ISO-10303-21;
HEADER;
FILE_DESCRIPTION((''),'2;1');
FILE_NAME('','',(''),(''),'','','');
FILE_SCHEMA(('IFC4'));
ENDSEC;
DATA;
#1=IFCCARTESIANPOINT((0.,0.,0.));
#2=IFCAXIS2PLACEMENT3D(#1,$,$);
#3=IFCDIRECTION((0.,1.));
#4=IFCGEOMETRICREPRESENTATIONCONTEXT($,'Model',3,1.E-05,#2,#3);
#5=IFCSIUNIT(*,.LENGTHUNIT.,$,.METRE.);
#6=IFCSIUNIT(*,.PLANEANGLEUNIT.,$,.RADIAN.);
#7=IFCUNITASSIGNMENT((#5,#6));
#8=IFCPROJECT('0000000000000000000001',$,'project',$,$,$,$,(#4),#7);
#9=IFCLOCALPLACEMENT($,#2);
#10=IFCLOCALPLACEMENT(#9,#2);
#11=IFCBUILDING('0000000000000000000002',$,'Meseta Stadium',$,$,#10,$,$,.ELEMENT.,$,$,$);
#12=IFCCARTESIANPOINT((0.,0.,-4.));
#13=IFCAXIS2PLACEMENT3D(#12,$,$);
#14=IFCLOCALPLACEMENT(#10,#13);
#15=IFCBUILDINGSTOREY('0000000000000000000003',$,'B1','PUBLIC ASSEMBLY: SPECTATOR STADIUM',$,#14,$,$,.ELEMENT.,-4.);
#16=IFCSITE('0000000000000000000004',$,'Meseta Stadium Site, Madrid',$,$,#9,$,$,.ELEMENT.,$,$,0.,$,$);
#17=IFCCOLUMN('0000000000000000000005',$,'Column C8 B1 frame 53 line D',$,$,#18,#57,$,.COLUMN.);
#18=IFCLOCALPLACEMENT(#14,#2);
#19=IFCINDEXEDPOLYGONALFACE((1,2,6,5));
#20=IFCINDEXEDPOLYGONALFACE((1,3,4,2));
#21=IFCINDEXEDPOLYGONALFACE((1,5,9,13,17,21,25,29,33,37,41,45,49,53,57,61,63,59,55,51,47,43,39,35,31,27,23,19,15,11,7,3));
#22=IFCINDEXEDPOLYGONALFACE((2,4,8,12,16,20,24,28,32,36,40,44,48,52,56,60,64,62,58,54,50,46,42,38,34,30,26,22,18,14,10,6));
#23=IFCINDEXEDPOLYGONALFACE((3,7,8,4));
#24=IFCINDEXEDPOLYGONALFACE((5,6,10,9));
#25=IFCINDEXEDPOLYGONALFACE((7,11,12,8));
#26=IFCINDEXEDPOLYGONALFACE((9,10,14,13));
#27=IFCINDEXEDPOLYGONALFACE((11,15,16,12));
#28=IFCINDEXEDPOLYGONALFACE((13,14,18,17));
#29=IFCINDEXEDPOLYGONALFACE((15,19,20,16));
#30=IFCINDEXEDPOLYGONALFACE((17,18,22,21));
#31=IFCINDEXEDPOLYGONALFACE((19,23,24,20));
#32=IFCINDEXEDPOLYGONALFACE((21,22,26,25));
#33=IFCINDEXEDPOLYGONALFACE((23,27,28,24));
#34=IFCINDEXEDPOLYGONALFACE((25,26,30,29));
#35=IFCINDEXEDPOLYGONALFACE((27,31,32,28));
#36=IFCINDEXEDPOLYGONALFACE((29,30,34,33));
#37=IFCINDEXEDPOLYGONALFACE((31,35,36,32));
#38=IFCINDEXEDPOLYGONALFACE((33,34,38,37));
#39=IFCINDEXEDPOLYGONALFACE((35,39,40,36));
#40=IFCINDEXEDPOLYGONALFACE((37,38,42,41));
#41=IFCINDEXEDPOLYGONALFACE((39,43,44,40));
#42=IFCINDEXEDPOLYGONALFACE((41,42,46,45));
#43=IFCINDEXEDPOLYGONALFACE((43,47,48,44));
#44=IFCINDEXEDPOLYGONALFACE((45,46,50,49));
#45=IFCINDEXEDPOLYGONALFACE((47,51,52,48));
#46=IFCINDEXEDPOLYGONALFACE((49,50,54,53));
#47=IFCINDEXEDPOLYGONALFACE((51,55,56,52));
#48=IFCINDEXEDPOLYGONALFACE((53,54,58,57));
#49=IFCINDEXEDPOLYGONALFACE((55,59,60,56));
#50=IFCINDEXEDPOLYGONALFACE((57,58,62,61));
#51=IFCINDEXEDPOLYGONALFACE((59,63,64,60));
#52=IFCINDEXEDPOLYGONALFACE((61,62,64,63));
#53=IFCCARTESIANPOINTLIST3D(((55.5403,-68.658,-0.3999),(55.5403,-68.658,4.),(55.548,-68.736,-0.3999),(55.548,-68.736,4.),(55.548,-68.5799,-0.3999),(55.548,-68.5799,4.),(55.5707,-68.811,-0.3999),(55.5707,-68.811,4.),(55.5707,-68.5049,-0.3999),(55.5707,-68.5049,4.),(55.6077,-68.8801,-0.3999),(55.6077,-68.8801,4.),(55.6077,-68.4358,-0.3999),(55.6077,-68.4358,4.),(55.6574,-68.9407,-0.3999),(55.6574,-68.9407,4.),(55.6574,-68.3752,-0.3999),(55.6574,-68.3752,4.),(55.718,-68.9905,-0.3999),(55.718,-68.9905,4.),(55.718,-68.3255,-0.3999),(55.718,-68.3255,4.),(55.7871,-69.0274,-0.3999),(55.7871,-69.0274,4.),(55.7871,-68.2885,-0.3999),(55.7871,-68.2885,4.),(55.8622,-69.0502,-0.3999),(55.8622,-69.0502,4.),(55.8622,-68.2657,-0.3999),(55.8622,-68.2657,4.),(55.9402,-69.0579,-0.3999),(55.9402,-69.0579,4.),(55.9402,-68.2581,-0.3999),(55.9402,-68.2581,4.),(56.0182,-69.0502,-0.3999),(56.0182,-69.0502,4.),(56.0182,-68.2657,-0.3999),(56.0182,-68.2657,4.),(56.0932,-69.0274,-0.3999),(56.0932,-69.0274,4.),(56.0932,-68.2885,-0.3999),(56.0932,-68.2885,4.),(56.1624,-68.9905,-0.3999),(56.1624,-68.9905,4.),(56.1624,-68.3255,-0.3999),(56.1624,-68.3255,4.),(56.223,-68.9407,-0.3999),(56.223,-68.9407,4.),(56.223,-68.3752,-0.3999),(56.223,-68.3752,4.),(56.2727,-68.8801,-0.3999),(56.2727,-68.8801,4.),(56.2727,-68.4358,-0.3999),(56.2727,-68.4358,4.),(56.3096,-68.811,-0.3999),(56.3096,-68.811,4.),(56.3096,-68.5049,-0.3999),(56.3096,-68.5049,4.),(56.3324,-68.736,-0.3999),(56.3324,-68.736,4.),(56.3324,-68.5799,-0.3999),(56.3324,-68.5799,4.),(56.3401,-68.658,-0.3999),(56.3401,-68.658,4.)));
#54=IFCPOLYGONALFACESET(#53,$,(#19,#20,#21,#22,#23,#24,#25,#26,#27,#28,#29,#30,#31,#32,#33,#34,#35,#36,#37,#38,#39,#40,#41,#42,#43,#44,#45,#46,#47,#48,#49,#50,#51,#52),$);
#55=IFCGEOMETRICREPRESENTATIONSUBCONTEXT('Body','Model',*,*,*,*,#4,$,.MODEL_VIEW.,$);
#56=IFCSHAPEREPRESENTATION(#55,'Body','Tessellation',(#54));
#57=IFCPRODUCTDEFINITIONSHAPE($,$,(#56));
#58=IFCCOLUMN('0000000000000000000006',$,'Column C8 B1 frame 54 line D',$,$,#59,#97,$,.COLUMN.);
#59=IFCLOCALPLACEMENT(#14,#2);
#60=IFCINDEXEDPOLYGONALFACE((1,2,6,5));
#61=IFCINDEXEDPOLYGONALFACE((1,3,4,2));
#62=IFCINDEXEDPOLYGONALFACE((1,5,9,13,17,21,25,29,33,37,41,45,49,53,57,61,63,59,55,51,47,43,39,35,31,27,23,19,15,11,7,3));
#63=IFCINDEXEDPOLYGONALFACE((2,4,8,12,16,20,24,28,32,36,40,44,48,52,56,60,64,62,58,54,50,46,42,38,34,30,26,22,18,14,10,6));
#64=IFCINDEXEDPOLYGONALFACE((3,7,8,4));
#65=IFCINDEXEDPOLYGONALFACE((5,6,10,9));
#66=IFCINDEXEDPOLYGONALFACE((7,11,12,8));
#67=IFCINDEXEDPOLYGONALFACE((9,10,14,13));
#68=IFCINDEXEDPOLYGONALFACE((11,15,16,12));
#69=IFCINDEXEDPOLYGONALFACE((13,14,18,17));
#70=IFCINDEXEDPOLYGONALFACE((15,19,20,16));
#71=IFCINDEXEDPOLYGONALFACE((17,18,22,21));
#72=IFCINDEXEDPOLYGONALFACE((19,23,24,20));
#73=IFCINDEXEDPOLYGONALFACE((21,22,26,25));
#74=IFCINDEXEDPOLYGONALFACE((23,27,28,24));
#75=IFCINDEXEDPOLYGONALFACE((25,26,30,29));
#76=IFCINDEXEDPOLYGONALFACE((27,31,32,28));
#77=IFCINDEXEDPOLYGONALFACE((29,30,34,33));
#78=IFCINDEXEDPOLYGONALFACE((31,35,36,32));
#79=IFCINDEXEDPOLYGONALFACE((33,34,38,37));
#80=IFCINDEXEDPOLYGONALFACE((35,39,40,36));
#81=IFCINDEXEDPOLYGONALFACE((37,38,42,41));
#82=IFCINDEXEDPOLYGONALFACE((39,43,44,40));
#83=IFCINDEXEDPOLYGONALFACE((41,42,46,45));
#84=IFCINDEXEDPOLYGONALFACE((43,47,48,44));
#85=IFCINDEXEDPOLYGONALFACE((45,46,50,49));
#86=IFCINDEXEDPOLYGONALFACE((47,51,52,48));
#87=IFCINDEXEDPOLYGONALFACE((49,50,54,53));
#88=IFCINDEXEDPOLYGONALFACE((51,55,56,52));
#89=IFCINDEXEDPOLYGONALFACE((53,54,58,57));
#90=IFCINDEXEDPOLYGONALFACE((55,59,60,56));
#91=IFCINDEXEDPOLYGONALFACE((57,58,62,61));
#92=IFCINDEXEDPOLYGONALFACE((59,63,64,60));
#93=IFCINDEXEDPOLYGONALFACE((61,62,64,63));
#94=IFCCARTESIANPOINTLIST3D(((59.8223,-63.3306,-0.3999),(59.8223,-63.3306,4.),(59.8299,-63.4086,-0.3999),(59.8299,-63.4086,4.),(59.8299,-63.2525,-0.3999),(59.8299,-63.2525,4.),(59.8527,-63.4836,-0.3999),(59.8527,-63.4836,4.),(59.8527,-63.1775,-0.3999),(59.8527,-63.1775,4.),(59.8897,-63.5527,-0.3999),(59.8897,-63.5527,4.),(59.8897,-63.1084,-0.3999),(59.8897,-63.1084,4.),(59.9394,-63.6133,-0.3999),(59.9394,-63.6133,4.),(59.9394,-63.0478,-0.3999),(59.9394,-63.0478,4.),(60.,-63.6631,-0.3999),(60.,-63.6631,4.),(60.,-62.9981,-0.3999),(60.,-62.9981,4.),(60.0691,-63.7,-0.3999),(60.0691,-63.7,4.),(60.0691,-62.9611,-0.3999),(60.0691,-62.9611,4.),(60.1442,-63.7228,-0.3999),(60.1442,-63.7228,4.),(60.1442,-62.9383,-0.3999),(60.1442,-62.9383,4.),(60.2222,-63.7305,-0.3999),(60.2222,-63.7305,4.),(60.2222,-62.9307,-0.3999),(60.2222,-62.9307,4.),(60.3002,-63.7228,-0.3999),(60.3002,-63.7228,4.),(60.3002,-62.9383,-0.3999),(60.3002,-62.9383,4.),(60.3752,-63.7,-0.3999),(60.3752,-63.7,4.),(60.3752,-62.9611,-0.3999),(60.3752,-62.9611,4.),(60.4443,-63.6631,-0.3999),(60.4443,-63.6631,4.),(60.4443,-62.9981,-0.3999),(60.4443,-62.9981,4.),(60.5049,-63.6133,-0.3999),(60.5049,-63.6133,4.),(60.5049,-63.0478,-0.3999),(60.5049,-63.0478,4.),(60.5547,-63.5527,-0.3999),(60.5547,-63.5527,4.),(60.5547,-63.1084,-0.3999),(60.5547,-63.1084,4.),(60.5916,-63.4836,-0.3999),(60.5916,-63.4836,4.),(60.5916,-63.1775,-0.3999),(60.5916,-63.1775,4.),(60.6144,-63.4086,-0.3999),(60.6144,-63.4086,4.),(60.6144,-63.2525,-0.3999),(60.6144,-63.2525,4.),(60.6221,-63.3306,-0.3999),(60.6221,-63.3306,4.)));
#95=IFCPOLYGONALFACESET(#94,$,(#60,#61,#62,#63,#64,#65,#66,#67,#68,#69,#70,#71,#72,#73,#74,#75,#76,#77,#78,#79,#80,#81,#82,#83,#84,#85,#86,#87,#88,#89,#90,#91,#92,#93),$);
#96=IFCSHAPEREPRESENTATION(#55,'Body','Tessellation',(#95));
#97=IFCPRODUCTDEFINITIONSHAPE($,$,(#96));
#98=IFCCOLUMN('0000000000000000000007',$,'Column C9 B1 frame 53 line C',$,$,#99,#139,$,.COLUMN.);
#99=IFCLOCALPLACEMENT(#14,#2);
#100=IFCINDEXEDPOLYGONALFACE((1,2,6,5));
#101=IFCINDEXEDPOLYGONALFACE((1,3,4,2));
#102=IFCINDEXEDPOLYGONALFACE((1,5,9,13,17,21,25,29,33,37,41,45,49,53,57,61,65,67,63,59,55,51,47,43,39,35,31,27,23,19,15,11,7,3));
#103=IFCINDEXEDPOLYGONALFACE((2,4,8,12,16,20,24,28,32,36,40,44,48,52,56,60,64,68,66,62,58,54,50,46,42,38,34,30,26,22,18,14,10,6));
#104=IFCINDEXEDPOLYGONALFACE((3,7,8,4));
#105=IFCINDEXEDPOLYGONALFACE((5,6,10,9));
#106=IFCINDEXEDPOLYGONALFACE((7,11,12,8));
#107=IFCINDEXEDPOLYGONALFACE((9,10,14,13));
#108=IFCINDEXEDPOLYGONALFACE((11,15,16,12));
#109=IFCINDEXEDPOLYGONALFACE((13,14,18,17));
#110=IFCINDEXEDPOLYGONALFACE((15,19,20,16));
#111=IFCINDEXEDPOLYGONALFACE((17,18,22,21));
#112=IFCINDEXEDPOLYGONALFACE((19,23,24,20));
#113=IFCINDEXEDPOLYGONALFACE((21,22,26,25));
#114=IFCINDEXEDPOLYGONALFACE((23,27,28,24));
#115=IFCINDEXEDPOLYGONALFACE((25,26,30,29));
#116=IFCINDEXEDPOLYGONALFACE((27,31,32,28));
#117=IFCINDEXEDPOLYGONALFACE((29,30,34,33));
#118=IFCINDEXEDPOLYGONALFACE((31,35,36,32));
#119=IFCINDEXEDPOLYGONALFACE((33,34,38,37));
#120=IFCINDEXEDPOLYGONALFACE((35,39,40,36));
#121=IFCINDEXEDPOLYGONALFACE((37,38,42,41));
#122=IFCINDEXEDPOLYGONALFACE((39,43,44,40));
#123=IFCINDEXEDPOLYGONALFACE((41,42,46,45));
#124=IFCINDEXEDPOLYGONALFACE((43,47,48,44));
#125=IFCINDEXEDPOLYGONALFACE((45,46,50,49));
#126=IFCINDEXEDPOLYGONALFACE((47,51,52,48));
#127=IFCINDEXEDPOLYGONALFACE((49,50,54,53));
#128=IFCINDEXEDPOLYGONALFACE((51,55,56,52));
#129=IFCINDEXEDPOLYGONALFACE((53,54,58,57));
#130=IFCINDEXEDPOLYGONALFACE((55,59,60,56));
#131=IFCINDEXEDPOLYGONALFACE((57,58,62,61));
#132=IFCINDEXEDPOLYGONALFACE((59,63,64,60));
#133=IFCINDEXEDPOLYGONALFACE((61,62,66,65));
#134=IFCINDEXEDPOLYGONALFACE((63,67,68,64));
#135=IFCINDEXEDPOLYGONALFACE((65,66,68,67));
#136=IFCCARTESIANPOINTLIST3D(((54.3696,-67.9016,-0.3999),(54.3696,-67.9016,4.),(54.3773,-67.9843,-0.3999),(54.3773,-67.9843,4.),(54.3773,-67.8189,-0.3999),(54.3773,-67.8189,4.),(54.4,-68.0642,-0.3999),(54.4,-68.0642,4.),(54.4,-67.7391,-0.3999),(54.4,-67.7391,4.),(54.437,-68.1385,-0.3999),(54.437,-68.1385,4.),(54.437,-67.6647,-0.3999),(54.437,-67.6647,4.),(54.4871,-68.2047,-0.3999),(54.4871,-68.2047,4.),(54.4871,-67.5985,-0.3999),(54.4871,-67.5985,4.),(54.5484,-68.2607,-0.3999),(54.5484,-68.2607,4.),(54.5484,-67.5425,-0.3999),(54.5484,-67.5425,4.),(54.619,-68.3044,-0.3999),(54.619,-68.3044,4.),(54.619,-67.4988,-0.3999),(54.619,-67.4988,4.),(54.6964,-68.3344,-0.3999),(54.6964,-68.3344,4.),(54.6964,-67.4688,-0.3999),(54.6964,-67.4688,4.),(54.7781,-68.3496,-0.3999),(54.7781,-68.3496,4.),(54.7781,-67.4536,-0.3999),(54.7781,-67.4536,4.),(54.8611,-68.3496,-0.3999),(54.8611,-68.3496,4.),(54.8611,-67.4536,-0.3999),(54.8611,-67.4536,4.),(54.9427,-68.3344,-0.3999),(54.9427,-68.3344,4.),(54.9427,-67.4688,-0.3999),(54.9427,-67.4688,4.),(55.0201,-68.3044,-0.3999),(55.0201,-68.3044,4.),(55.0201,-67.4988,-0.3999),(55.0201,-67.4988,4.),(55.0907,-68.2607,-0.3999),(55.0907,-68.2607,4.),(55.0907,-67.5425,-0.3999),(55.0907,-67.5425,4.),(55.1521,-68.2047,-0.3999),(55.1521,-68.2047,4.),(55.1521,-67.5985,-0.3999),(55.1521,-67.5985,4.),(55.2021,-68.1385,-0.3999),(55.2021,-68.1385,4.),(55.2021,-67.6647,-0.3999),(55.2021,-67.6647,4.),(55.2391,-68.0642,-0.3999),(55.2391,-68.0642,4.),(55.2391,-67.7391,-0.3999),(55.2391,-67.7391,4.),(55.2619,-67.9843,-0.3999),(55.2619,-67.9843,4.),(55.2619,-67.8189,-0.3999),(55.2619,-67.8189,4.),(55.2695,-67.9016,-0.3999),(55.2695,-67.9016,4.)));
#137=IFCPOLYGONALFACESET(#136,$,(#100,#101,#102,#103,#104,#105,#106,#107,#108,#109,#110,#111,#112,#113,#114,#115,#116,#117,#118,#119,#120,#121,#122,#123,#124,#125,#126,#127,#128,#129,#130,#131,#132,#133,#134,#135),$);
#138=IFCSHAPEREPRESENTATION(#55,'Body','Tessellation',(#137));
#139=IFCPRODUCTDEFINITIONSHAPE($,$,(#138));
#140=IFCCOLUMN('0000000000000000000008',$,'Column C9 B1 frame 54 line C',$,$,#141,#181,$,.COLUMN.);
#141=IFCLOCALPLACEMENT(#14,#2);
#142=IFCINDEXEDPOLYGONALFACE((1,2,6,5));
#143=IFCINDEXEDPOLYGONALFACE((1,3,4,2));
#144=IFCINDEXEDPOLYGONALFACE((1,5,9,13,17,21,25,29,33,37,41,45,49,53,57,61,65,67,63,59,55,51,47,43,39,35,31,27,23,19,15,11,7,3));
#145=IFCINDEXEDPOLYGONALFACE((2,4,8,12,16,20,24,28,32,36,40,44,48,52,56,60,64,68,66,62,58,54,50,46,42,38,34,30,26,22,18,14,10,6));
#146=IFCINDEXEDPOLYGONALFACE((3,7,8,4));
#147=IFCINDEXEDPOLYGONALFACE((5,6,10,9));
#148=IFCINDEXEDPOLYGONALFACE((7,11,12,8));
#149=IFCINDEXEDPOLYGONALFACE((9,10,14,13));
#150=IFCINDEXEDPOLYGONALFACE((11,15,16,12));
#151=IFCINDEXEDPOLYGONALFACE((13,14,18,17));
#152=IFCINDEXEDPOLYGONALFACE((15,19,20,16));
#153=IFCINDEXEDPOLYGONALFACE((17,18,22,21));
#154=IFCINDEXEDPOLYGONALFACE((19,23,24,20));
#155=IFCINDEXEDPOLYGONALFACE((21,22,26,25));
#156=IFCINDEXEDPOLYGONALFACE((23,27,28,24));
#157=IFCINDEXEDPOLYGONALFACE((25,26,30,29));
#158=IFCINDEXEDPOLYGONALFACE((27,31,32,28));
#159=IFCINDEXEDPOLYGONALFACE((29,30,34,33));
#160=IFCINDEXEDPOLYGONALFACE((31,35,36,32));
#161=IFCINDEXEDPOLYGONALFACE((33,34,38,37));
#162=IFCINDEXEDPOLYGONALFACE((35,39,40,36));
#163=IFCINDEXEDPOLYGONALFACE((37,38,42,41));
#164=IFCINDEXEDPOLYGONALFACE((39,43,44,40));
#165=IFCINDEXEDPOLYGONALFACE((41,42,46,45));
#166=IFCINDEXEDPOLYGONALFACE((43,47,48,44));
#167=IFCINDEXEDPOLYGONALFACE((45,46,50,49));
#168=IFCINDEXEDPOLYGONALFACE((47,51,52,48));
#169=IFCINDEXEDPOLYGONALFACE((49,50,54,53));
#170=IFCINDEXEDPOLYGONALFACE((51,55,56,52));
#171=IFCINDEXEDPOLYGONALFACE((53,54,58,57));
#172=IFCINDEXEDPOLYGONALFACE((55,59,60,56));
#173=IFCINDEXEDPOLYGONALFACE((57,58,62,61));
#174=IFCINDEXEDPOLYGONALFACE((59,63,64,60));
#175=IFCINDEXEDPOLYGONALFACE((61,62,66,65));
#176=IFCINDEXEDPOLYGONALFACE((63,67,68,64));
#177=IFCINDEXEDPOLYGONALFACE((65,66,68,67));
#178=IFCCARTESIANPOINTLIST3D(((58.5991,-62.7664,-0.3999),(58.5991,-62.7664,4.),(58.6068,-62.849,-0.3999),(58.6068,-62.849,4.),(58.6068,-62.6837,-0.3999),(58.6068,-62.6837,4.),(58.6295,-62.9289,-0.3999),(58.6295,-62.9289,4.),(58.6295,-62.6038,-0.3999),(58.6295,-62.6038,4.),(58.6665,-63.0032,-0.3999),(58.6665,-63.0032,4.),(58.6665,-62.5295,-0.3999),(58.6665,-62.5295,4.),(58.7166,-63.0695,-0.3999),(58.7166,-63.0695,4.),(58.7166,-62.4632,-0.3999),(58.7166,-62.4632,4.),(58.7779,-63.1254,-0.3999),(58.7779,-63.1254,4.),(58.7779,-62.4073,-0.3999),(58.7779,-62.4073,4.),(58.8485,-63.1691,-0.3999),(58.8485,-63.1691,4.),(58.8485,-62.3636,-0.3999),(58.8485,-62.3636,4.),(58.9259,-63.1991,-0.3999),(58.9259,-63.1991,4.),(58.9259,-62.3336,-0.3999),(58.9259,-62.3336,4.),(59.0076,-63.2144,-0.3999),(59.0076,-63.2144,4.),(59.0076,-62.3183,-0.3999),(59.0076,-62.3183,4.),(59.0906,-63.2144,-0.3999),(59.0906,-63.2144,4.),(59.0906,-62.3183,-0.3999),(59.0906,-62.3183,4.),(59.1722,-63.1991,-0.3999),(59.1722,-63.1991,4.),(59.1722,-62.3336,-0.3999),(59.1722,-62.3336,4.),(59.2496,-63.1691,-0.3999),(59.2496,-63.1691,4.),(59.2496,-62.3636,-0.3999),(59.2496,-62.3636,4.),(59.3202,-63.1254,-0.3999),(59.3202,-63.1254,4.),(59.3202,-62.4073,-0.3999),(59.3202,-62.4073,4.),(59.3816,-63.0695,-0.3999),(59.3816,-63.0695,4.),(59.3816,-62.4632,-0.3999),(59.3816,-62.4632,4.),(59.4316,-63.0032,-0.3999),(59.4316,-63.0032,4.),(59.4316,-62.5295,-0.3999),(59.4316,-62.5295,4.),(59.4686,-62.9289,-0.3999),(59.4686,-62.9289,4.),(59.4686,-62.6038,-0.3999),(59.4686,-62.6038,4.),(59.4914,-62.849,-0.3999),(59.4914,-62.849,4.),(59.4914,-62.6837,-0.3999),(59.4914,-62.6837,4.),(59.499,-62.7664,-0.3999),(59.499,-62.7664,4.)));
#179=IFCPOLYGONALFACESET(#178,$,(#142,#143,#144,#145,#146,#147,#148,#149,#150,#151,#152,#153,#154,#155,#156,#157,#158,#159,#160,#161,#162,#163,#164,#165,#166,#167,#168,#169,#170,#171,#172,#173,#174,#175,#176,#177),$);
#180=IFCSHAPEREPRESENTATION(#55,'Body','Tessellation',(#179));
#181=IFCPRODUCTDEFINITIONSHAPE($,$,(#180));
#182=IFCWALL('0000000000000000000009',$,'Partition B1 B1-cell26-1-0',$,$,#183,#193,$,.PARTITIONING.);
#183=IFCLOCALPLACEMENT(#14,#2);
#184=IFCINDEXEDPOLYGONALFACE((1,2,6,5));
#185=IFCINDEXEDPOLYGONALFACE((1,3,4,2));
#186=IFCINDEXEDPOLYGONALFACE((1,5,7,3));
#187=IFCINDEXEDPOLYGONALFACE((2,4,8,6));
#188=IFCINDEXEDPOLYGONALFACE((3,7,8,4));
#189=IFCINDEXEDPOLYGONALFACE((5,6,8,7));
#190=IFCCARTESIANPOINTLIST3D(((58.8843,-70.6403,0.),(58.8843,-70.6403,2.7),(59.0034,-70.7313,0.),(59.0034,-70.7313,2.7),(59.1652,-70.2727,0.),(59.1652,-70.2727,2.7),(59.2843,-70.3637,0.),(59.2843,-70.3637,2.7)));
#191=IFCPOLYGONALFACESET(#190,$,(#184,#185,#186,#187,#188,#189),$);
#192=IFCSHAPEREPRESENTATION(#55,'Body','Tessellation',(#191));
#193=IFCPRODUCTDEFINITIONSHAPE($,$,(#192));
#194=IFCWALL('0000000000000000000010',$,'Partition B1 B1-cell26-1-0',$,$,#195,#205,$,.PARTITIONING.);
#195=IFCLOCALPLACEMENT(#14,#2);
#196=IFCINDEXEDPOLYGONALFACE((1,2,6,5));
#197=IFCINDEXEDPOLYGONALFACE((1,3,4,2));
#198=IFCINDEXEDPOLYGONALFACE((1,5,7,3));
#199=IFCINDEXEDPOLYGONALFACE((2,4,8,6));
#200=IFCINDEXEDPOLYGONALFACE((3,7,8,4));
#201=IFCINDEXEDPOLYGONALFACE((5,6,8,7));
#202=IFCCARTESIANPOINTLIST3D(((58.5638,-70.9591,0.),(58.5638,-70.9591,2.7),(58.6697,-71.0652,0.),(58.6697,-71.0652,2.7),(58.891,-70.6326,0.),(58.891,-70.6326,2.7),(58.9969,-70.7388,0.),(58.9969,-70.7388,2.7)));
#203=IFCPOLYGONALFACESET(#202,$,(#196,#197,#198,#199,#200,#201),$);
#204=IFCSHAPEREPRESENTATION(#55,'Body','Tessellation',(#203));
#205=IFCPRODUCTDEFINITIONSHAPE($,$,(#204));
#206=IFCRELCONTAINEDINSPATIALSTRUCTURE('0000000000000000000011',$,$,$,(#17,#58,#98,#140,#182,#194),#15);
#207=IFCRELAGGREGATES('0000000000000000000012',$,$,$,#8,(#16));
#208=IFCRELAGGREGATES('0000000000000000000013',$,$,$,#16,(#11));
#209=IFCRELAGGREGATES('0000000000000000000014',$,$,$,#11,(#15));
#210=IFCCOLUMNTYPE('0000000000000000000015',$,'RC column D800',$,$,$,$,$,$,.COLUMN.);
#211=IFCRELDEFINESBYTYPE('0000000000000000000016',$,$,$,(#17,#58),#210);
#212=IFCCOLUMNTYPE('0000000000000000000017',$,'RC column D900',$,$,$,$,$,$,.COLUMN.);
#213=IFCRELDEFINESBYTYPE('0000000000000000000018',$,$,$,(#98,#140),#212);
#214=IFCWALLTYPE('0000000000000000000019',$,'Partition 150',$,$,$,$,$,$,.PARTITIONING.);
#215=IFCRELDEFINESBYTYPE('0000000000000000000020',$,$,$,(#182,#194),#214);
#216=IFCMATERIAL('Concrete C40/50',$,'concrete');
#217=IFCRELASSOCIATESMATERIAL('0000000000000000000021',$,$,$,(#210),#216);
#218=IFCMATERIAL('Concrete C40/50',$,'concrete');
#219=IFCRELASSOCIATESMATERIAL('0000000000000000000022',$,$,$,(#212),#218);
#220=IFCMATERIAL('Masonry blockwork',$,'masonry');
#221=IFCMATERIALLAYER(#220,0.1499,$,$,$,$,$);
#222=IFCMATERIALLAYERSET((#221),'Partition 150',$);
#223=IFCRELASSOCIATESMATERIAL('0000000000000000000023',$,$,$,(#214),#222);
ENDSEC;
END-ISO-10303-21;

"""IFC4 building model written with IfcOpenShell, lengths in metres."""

from ifc_helpers import new_model, si_unit, direction, frame, frame_2d, origin, origin_2d, place, context, subcontext, project, spatial, rectangle, circle, extrude, material, layer, layer_set, material_profile, profile_set, type_object, element, save


model = new_model("IFC4")

# Units and contexts
model_context = context("Model", 3, precision=1e-05, world=origin(), true_north=direction((0.0, 1.0)))
body_context = subcontext(model_context, "Body", "Model", "MODEL_VIEW")
ifc_project = project(units=[si_unit("LENGTHUNIT", "METRE"), si_unit("PLANEANGLEUNIT", "RADIAN")], contexts=[model_context])

# Site, building, storey
site_placement = place(None, origin())
site = spatial("IfcSite", under=ifc_project, at=site_placement, Name="Meseta Stadium Site, Madrid", CompositionType="ELEMENT", RefElevation=0.0)
building_placement = place(site_placement, origin())
building = spatial("IfcBuilding", under=site, at=building_placement, Name="Meseta Stadium", CompositionType="ELEMENT")
storey_placement = place(building_placement, frame((0.0, 0.0, -4.0)))
storey = spatial("IfcBuildingStorey", under=building, at=storey_placement, Name="B1", Description="PUBLIC ASSEMBLY: SPECTATOR STADIUM", CompositionType="ELEMENT", Elevation=-4.0)

# Columns
ifc_material_1 = material(Name="Concrete C40/50", Category="concrete")
ifc_material_profile_1 = material_profile(ifc_material_1, circle(Radius=0.3999, at=origin_2d()), Name="RC D800")
ifc_profile_set_1 = profile_set([ifc_material_profile_1], Name="Concrete C40/50")
column_type_1 = type_object("IfcColumnType", Name="RC column D800", PredefinedType="COLUMN", material=ifc_profile_set_1)
for number, where, z_axis, x_axis, name in (
    (1, (55.9402, -68.658, -0.3999), (0.0, 0.0, 1.0), (1.0, 0.0, 0.0), "Column C8 B1 frame 53 line D"),
    (2, (60.2222, -63.3306, -0.3999), (0.0, 0.0, 1.0), (1.0, 0.0, 0.0), "Column C8 B1 frame 54 line D"),
):
    element("IfcColumn", number, at=place(storey_placement, frame(where, z_axis=z_axis, x_axis=x_axis)), inside=storey, type_object=column_type_1, Name=name, PredefinedType="COLUMN", context=body_context, shape_type="SweptSolid", body=[
        extrude(circle(Radius=0.3999, at=origin_2d()), origin(), (0.0, 0.0, 1.0), 4.3999),
    ])
ifc_material_2 = material(Name="Concrete C40/50", Category="concrete")
ifc_material_profile_2 = material_profile(ifc_material_2, circle(Radius=0.45, at=origin_2d()), Name="RC D900")
ifc_profile_set_2 = profile_set([ifc_material_profile_2], Name="Concrete C40/50")
column_type_2 = type_object("IfcColumnType", Name="RC column D900", PredefinedType="COLUMN", material=ifc_profile_set_2)
for number, where, z_axis, x_axis, name in (
    (3, (54.8196, -67.9016, -0.3999), (0.0, 0.0, 1.0), (1.0, 0.0, 0.0), "Column C9 B1 frame 53 line C"),
    (4, (59.0491, -62.7664, -0.3999), (0.0, 0.0, 1.0), (1.0, 0.0, 0.0), "Column C9 B1 frame 54 line C"),
):
    element("IfcColumn", number, at=place(storey_placement, frame(where, z_axis=z_axis, x_axis=x_axis)), inside=storey, type_object=column_type_2, Name=name, PredefinedType="COLUMN", context=body_context, shape_type="SweptSolid", body=[
        extrude(circle(Radius=0.45, at=origin_2d()), origin(), (0.0, 0.0, 1.0), 4.3999),
    ])

# Walls
ifc_material_3 = material(Name="Masonry blockwork", Category="masonry")
ifc_layer = layer(ifc_material_3, 0.1499)
ifc_layer_set = layer_set([ifc_layer], Name="Partition 150")
wall_type = type_object("IfcWallType", Name="Partition 150", PredefinedType="PARTITIONING", material=ifc_layer_set)
wall_1_placement = place(storey_placement, frame((59.2249, -70.3181, 0.0), z_axis=(0.0, 0.0, 1.0), x_axis=(-0.607235, -0.794523, 0.0)))
element("IfcWall", 5, at=wall_1_placement, inside=storey, type_object=wall_type, Name="Partition B1 B1-cell26-1-0", PredefinedType="PARTITIONING", context=body_context, shape_type="SweptSolid", body=[
    extrude(rectangle(XDim=0.4626, YDim=0.1499, at=frame_2d((0.2314, 0.0))), origin(), (0.0, 0.0, 1.0), 2.7),
])
wall_2_placement = place(storey_placement, frame((58.9438, -70.6858, 0.0), z_axis=(0.0, 0.0, 1.0), x_axis=(-0.707899, -0.706314, 0.0)))
element("IfcWall", 6, at=wall_2_placement, inside=storey, type_object=wall_type, Name="Partition B1 B1-cell26-1-0", PredefinedType="PARTITIONING", context=body_context, shape_type="SweptSolid", body=[
    extrude(rectangle(XDim=0.4622, YDim=0.1499, at=frame_2d((0.231, 0.0))), origin(), (0.0, 0.0, 1.0), 2.7),
])

save(model, "model.ifc")
